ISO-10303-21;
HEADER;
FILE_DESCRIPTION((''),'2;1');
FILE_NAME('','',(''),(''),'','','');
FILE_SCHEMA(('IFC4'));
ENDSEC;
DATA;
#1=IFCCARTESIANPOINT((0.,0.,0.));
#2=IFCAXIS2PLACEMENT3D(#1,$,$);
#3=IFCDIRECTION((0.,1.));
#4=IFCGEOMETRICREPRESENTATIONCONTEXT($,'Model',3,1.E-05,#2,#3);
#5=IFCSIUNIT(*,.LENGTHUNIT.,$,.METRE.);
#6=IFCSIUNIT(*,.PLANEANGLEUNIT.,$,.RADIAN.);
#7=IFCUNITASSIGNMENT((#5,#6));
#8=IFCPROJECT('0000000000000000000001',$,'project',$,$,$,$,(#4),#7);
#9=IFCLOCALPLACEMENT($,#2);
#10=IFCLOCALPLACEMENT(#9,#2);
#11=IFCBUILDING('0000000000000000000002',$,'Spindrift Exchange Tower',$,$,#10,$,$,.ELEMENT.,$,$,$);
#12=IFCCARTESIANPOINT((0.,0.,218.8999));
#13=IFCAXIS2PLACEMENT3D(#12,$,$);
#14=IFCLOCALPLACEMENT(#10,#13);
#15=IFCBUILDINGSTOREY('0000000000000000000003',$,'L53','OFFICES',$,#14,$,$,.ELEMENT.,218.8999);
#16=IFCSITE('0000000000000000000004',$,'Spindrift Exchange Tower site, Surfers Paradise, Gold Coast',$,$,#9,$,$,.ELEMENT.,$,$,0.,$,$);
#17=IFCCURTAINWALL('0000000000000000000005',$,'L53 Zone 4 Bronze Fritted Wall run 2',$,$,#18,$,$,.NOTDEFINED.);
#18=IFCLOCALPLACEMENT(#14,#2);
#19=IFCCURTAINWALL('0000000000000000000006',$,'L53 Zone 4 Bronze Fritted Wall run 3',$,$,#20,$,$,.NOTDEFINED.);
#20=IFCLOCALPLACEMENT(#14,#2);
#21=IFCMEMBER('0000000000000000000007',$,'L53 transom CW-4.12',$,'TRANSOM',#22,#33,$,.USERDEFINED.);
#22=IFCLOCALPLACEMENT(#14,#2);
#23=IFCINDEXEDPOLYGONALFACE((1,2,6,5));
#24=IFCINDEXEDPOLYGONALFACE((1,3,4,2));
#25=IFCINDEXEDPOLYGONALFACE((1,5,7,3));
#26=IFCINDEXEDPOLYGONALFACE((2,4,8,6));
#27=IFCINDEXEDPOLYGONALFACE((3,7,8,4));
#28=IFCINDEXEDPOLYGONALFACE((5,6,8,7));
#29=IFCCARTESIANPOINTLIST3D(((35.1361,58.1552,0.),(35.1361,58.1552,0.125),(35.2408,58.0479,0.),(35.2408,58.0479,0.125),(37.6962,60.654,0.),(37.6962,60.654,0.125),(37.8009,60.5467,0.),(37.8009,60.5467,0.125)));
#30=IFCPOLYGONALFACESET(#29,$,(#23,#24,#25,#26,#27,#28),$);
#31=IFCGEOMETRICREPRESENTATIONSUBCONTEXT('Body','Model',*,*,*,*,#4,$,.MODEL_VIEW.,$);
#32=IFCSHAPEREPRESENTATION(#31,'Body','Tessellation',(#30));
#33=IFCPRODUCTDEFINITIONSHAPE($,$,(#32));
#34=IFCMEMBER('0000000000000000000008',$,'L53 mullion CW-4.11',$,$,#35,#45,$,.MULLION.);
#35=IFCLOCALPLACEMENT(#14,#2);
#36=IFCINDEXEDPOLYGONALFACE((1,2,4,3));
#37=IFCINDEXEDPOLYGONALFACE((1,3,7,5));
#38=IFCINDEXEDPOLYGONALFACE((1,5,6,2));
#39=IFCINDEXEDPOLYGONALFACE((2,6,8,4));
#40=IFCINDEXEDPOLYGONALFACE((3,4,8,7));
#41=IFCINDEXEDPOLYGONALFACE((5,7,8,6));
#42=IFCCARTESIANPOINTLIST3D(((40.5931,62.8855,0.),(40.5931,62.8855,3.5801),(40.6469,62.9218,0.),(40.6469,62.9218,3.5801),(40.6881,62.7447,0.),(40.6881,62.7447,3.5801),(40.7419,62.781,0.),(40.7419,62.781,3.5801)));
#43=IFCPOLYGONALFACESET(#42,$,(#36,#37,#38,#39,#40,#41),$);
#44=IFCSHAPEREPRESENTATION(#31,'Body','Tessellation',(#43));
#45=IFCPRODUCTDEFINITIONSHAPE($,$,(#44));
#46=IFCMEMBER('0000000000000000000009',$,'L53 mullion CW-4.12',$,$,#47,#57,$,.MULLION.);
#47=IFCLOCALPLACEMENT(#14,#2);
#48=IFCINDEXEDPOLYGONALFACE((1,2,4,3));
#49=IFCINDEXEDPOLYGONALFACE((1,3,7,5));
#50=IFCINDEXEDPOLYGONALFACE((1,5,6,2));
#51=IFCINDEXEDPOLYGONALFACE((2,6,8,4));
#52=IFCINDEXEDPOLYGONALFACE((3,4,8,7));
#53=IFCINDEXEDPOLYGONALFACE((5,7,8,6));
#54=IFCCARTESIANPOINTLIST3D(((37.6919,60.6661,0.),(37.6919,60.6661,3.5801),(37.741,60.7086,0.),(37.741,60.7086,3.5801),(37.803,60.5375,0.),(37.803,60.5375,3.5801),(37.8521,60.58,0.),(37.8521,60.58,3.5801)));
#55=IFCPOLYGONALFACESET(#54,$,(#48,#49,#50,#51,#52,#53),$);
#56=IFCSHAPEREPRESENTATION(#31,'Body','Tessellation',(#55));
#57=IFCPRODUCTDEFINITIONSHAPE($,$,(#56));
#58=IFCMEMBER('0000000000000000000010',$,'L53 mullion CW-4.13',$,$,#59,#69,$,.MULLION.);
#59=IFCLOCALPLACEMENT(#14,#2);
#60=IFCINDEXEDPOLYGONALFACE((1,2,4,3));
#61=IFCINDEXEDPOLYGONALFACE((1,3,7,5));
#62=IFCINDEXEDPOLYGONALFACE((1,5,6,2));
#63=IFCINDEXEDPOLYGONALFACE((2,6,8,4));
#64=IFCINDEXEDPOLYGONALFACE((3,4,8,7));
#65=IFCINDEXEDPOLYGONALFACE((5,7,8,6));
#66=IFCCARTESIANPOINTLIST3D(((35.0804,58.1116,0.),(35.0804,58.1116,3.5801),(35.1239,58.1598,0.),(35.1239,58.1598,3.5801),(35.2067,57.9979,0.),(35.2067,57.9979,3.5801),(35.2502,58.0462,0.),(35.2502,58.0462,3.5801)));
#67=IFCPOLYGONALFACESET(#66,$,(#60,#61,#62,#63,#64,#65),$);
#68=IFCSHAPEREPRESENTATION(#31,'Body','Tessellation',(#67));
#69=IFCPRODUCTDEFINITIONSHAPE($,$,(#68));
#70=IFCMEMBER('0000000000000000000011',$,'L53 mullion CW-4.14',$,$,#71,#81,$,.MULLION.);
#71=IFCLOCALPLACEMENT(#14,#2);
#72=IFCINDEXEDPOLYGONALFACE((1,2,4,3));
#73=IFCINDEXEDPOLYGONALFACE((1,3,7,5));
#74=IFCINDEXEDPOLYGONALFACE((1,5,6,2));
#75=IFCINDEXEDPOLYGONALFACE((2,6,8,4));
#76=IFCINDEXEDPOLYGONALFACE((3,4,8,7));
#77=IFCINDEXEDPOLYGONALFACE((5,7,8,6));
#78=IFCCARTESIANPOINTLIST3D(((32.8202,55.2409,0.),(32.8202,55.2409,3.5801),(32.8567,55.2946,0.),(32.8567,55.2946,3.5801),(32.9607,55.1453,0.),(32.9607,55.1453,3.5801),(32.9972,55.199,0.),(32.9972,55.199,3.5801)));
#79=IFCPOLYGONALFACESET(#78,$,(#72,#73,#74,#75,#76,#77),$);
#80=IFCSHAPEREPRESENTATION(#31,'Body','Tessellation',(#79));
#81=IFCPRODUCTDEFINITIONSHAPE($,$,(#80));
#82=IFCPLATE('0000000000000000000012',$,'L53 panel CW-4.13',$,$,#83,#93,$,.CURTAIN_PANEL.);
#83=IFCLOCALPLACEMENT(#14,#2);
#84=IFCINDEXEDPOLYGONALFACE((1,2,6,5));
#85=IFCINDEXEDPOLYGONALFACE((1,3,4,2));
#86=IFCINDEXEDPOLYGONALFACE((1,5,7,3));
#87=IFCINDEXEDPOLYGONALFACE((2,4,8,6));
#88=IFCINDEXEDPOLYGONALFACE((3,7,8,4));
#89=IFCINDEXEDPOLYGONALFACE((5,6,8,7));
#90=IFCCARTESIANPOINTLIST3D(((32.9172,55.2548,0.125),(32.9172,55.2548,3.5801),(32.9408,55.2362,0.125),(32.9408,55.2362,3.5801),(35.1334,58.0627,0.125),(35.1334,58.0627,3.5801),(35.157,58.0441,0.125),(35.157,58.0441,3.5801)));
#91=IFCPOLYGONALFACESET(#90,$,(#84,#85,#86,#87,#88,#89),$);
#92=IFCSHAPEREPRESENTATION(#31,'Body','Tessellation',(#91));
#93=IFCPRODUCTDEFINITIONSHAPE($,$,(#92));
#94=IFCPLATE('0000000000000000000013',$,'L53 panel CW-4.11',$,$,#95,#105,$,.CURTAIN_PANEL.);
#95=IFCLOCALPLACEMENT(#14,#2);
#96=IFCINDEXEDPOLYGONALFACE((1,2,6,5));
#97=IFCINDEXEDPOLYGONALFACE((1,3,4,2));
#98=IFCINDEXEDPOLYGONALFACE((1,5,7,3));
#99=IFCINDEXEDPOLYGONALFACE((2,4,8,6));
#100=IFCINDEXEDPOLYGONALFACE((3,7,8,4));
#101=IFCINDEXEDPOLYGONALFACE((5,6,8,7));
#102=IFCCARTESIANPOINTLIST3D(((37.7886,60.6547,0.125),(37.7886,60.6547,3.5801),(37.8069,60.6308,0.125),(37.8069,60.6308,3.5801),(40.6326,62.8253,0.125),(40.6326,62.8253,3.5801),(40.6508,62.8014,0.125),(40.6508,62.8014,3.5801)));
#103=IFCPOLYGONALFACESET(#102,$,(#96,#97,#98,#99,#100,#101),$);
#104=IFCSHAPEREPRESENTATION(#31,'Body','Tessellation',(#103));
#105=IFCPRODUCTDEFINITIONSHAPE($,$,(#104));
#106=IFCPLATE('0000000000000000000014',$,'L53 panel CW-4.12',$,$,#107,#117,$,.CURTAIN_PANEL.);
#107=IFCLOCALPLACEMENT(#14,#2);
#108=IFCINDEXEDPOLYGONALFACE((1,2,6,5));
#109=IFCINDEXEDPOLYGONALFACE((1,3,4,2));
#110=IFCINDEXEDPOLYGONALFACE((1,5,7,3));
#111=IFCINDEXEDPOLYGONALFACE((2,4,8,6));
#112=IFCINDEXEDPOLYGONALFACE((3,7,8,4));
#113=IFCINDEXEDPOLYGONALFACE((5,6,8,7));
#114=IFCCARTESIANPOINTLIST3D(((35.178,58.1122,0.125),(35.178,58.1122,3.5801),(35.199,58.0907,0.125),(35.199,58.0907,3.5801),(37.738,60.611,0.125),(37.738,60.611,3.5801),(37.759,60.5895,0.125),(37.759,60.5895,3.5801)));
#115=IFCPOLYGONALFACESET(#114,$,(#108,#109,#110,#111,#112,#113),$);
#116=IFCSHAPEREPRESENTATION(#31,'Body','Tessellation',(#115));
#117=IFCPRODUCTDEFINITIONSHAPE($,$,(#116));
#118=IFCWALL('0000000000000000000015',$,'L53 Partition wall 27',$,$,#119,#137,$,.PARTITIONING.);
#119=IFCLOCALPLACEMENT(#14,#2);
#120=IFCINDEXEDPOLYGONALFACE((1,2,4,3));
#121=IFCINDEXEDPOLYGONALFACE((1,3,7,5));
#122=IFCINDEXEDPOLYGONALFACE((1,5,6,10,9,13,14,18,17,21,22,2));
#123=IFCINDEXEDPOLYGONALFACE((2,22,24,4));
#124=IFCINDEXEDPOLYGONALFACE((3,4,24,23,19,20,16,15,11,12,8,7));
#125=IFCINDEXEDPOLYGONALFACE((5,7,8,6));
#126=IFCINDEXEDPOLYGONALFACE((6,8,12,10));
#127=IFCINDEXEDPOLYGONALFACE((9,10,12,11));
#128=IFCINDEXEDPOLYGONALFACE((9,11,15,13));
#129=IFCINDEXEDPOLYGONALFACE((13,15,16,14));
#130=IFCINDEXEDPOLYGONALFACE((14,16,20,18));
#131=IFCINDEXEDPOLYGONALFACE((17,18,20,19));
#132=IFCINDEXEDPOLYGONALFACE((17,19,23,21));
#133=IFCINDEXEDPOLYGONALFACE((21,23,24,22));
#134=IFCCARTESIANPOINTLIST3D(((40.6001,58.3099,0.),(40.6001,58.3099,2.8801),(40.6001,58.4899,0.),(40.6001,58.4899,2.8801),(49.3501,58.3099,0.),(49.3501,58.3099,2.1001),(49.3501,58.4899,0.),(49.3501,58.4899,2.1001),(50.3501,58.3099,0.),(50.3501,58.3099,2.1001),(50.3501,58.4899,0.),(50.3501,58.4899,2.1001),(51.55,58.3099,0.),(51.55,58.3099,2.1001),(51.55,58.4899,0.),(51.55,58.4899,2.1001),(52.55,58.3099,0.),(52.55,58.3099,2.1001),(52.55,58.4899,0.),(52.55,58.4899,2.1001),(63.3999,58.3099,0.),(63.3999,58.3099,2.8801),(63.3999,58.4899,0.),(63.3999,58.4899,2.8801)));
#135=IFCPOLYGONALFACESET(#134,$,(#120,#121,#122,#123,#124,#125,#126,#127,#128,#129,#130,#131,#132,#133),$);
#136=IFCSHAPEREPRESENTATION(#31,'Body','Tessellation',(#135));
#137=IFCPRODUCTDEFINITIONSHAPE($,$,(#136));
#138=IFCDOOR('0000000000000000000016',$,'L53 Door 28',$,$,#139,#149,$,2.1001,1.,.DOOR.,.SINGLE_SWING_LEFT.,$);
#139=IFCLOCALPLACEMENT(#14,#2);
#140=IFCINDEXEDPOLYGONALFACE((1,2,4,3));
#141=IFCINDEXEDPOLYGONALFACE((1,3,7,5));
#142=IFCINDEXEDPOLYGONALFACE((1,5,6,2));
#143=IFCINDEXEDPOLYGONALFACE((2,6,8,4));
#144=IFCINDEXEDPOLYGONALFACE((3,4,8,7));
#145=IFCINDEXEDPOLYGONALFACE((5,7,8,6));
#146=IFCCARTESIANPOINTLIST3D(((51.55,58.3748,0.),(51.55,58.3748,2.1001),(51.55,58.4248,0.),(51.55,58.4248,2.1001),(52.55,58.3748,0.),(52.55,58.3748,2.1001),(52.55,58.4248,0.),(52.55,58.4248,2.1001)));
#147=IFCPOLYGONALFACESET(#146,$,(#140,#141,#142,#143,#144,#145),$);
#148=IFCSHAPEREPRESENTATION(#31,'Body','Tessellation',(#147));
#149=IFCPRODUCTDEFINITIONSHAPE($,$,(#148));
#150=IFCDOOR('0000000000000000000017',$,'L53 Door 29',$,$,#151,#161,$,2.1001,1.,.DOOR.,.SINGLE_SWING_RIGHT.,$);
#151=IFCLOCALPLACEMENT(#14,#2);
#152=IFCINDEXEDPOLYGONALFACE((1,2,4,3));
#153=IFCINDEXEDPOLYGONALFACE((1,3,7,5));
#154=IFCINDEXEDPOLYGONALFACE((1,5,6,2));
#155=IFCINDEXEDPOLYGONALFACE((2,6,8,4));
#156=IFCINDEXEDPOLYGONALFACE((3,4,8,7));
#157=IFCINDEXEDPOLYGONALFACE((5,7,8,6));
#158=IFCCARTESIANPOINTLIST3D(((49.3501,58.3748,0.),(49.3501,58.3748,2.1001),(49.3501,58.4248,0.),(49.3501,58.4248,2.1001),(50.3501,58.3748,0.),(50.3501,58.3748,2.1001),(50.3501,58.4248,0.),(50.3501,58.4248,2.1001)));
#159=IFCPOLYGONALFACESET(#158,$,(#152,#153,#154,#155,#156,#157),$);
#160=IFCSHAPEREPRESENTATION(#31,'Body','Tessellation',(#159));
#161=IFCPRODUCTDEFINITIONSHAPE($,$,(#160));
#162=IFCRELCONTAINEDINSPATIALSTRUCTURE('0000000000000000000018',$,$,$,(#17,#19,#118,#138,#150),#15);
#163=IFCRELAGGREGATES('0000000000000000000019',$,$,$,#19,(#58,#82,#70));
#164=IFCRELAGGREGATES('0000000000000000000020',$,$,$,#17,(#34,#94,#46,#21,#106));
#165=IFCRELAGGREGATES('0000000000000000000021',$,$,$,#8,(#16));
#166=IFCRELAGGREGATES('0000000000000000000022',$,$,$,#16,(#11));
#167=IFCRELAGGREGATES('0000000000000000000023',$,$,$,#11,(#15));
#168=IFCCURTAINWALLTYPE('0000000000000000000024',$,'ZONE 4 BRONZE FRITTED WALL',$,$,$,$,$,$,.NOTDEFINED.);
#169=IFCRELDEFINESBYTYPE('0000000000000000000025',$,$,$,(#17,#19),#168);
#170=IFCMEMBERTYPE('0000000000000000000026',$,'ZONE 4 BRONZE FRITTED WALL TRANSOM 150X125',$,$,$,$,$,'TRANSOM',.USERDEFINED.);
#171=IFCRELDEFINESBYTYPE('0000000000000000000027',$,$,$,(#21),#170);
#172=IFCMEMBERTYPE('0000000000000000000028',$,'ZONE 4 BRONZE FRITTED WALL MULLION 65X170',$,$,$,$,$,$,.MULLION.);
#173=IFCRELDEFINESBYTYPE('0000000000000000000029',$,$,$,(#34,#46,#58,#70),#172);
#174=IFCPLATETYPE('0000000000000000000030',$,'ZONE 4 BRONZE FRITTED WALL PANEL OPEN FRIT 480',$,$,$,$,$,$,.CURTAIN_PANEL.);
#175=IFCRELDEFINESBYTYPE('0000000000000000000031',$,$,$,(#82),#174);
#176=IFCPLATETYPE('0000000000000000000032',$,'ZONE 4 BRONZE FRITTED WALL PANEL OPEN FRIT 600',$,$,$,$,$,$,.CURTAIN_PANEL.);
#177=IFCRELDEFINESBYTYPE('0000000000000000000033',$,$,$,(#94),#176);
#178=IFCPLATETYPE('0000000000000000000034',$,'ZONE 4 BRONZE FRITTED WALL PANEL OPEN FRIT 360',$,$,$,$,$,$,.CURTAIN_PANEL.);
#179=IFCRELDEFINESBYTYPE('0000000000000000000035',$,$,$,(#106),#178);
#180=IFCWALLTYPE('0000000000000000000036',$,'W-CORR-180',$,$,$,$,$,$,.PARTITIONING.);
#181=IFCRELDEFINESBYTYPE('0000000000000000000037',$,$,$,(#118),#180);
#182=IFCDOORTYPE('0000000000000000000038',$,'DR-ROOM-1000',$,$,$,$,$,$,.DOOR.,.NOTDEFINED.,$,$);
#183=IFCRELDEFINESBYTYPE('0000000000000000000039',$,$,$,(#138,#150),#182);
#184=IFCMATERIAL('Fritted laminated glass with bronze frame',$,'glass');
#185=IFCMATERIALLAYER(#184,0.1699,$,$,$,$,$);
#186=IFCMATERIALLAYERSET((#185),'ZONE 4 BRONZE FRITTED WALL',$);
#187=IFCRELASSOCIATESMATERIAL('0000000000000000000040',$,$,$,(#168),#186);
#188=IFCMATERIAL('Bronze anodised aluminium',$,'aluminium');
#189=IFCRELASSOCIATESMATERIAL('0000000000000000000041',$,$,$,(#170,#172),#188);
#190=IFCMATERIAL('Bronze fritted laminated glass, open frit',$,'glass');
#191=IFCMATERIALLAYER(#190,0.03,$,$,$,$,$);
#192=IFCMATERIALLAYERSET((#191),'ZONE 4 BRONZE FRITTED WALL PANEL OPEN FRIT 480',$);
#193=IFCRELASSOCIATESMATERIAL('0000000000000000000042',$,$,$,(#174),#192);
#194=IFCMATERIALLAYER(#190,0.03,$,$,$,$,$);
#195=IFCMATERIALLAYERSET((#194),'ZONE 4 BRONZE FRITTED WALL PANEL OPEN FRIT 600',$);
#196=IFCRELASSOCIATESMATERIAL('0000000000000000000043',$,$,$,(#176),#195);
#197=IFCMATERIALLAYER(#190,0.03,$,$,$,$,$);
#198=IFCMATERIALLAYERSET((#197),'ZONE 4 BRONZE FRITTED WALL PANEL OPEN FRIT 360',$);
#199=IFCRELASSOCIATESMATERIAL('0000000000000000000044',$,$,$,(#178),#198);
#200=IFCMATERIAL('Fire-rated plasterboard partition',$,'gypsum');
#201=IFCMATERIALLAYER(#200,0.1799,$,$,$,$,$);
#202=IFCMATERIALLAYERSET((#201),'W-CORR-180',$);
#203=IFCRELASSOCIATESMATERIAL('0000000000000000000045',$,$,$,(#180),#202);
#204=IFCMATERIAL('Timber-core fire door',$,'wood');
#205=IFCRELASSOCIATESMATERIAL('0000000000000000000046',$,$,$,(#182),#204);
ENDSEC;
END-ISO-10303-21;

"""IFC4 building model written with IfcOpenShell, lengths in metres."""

from ifc_helpers import new_model, si_unit, direction, frame, frame_2d, origin, origin_2d, place, context, subcontext, project, spatial, rectangle, extrude, source, transform, mapped, material, layer, layer_set, material_profile, profile_set, type_object, element, fill, aggregate, save


model = new_model("IFC4")

# Units and contexts
model_context = context("Model", 3, precision=1e-05, world=origin(), true_north=direction((0.0, 1.0)))
body_context = subcontext(model_context, "Body", "Model", "MODEL_VIEW")
ifc_project = project(units=[si_unit("LENGTHUNIT", "METRE"), si_unit("PLANEANGLEUNIT", "RADIAN")], contexts=[model_context])

# Site, building, storey
site_placement = place(None, origin())
site = spatial("IfcSite", under=ifc_project, at=site_placement, Name="Spindrift Exchange Tower site, Surfers Paradise, Gold Coast", CompositionType="ELEMENT", RefElevation=0.0)
building_placement = place(site_placement, origin())
building = spatial("IfcBuilding", under=site, at=building_placement, Name="Spindrift Exchange Tower", CompositionType="ELEMENT")
storey_placement = place(building_placement, frame((0.0, 0.0, 218.8999)))
storey = spatial("IfcBuildingStorey", under=building, at=storey_placement, Name="L53", Description="OFFICES", CompositionType="ELEMENT", Elevation=218.8999)

# Curtain walls
ifc_material_1 = material(Name="Fritted laminated glass with bronze frame", Category="glass")
ifc_layer_1 = layer(ifc_material_1, 0.1699)
ifc_layer_set_1 = layer_set([ifc_layer_1], Name="ZONE 4 BRONZE FRITTED WALL")
curtain_wall_type = type_object("IfcCurtainWallType", Name="ZONE 4 BRONZE FRITTED WALL", PredefinedType="NOTDEFINED", material=ifc_layer_set_1)
curtain_wall_1_placement = place(storey_placement, origin())
curtain_wall_1 = element("IfcCurtainWall", 1, at=curtain_wall_1_placement, inside=storey, type_object=curtain_wall_type, Name="L53 Zone 4 Bronze Fritted Wall run 2", PredefinedType="NOTDEFINED")
ifc_material_2 = material(Name="Bronze anodised aluminium", Category="aluminium")
ifc_material_profile_1 = material_profile(ifc_material_2, rectangle(XDim=0.1499, YDim=0.125, at=origin_2d()), Name="ZONE 4 BRONZE FRITTED WALL TRANSOM 150X125")
ifc_profile_set_1 = profile_set([ifc_material_profile_1], Name="Bronze anodised aluminium")
member_type_1 = type_object("IfcMemberType", Name="ZONE 4 BRONZE FRITTED WALL TRANSOM 150X125", ElementType="TRANSOM", PredefinedType="USERDEFINED", material=ifc_profile_set_1)
curtain_wall_2_placement = place(storey_placement, origin())
curtain_wall_2 = element("IfcCurtainWall", 2, at=curtain_wall_2_placement, inside=storey, type_object=curtain_wall_type, Name="L53 Zone 4 Bronze Fritted Wall run 3", PredefinedType="NOTDEFINED")

# Members
shared_shape_1 = source(origin(), body_context, "Body", "SweptSolid", [
    extrude(rectangle(XDim=0.1499, YDim=0.125, at=origin_2d()), origin(), (0.0, 0.0, 1.0), 3.5774),
])
member_1_placement = place(storey_placement, frame((37.7485, 60.6003, 0.0625), z_axis=(-0.71562, -0.69849, 0.0), x_axis=(0.69849, -0.71562, 0.0)))
member_1 = element("IfcMember", 3, at=member_1_placement, type_object=member_type_1, Name="L53 transom CW-4.12", ObjectType="TRANSOM", PredefinedType="USERDEFINED", context=body_context, shape_type="MappedRepresentation", body=[
    mapped(shared_shape_1, transform((0.0, 0.0, 0.0), scale=1.0)),
])
ifc_material_profile_2 = material_profile(ifc_material_2, rectangle(XDim=0.0649, YDim=0.1699, at=origin_2d()), Name="ZONE 4 BRONZE FRITTED WALL MULLION 65X170")
ifc_profile_set_2 = profile_set([ifc_material_profile_2], Name="Bronze anodised aluminium")
member_type_2 = type_object("IfcMemberType", Name="ZONE 4 BRONZE FRITTED WALL MULLION 65X170", PredefinedType="MULLION", material=ifc_profile_set_2)
shared_shape_2 = source(origin(), body_context, "Body", "SweptSolid", [
    extrude(rectangle(XDim=0.0649, YDim=0.1699, at=origin_2d()), origin(), (0.0, 0.0, 1.0), 3.5801),
])
member_2_placement = place(storey_placement, frame((40.6675, 62.8333, 0.0), z_axis=(0.0, 0.0, 1.0), x_axis=(-0.829108, -0.559088, 0.0)))
member_2 = element("IfcMember", 4, at=member_2_placement, type_object=member_type_2, Name="L53 mullion CW-4.11", PredefinedType="MULLION", context=body_context, shape_type="MappedRepresentation", body=[
    mapped(shared_shape_2, transform((0.0, 0.0, 0.0), scale=1.0)),
])
member_3_placement = place(storey_placement, frame((37.772, 60.623, 0.0), z_axis=(0.0, 0.0, 1.0), x_axis=(-0.756657, -0.653812, 0.0)))
member_3 = element("IfcMember", 5, at=member_3_placement, type_object=member_type_2, Name="L53 mullion CW-4.12", PredefinedType="MULLION", context=body_context, shape_type="MappedRepresentation", body=[
    mapped(shared_shape_2, transform((0.0, 0.0, 0.0), scale=1.0)),
])
member_4_placement = place(storey_placement, frame((35.1653, 58.0789, 0.0), z_axis=(0.0, 0.0, 1.0), x_axis=(-0.668979, -0.743281, 0.0)))
member_4 = element("IfcMember", 6, at=member_4_placement, type_object=member_type_2, Name="L53 mullion CW-4.13", PredefinedType="MULLION", context=body_context, shape_type="MappedRepresentation", body=[
    mapped(shared_shape_2, transform((0.0, 0.0, 0.0), scale=1.0)),
])
member_5_placement = place(storey_placement, frame((32.9087, 55.22, 0.0), z_axis=(0.0, 0.0, 1.0), x_axis=(-0.562538, -0.826772, 0.0)))
member_5 = element("IfcMember", 7, at=member_5_placement, type_object=member_type_2, Name="L53 mullion CW-4.14", PredefinedType="MULLION", context=body_context, shape_type="MappedRepresentation", body=[
    mapped(shared_shape_2, transform((0.0, 0.0, 0.0), scale=1.0)),
])

# Plates
ifc_material_3 = material(Name="Bronze fritted laminated glass, open frit", Category="glass")
ifc_layer_2 = layer(ifc_material_3, 0.03)
ifc_layer_set_2 = layer_set([ifc_layer_2], Name="ZONE 4 BRONZE FRITTED WALL PANEL OPEN FRIT 480")
plate_type_1 = type_object("IfcPlateType", Name="ZONE 4 BRONZE FRITTED WALL PANEL OPEN FRIT 480", PredefinedType="CURTAIN_PANEL", material=ifc_layer_set_2)
shared_shape_3 = source(origin(), body_context, "Body", "SweptSolid", [
    extrude(rectangle(XDim=3.5771, YDim=0.03, at=origin_2d()), origin(), (0.0, 0.0, 1.0), 3.4551),
])
plate_1_placement = place(storey_placement, frame((34.0371, 56.6494, 0.125), z_axis=(0.0, 0.0, 1.0), x_axis=(-0.619556, -0.784953, 0.0)))
plate_1 = element("IfcPlate", 8, at=plate_1_placement, type_object=plate_type_1, Name="L53 panel CW-4.13", PredefinedType="CURTAIN_PANEL", context=body_context, shape_type="MappedRepresentation", body=[
    mapped(shared_shape_3, transform((0.0, 0.0, 0.0), scale=1.0)),
])
aggregate(curtain_wall_2, [member_4, plate_1, member_5])
ifc_layer_3 = layer(ifc_material_3, 0.03)
ifc_layer_set_3 = layer_set([ifc_layer_3], Name="ZONE 4 BRONZE FRITTED WALL PANEL OPEN FRIT 600")
plate_type_2 = type_object("IfcPlateType", Name="ZONE 4 BRONZE FRITTED WALL PANEL OPEN FRIT 600", PredefinedType="CURTAIN_PANEL", material=ifc_layer_set_3)
shared_shape_4 = source(origin(), body_context, "Body", "SweptSolid", [
    extrude(rectangle(XDim=3.5776, YDim=0.03, at=origin_2d()), origin(), (0.0, 0.0, 1.0), 3.4551),
])
plate_2_placement = place(storey_placement, frame((39.2197, 61.728, 0.125), z_axis=(0.0, 0.0, 1.0), x_axis=(-0.794922, -0.606711, 0.0)))
plate_2 = element("IfcPlate", 9, at=plate_2_placement, type_object=plate_type_2, Name="L53 panel CW-4.11", PredefinedType="CURTAIN_PANEL", context=body_context, shape_type="MappedRepresentation", body=[
    mapped(shared_shape_4, transform((0.0, 0.0, 0.0), scale=1.0)),
])
ifc_layer_4 = layer(ifc_material_3, 0.03)
ifc_layer_set_4 = layer_set([ifc_layer_4], Name="ZONE 4 BRONZE FRITTED WALL PANEL OPEN FRIT 360")
plate_type_3 = type_object("IfcPlateType", Name="ZONE 4 BRONZE FRITTED WALL PANEL OPEN FRIT 360", PredefinedType="CURTAIN_PANEL", material=ifc_layer_set_4)
shared_shape_5 = source(origin(), body_context, "Body", "SweptSolid", [
    extrude(rectangle(XDim=3.5774, YDim=0.03, at=origin_2d()), origin(), (0.0, 0.0, 1.0), 3.4551),
])
plate_3_placement = place(storey_placement, frame((36.4685, 59.3508, 0.125), z_axis=(0.0, 0.0, 1.0), x_axis=(-0.715607, -0.698503, 0.0)))
plate_3 = element("IfcPlate", 10, at=plate_3_placement, type_object=plate_type_3, Name="L53 panel CW-4.12", PredefinedType="CURTAIN_PANEL", context=body_context, shape_type="MappedRepresentation", body=[
    mapped(shared_shape_5, transform((0.0, 0.0, 0.0), scale=1.0)),
])
aggregate(curtain_wall_1, [member_2, plate_2, member_3, member_1, plate_3])

# Wall, openings, doors
ifc_material_4 = material(Name="Fire-rated plasterboard partition", Category="gypsum")
ifc_layer_5 = layer(ifc_material_4, 0.1799)
ifc_layer_set_5 = layer_set([ifc_layer_5], Name="W-CORR-180")
wall_type_1 = type_object("IfcWallType", Name="W-CORR-180", PredefinedType="PARTITIONING", material=ifc_layer_set_5)
wall_1_placement = place(storey_placement, frame((40.6001, 58.3999, 0.0), z_axis=(0.0, 0.0, 1.0), x_axis=(1.0, 0.0, 0.0)))
wall_1 = element("IfcWall", 11, at=wall_1_placement, inside=storey, type_object=wall_type_1, Name="L53 Partition wall 27", PredefinedType="PARTITIONING", context=body_context, shape_type="SweptSolid", body=[
    extrude(rectangle(XDim=22.7998, YDim=0.1799, at=frame_2d((11.3999, 0.0))), origin(), (0.0, 0.0, 1.0), 2.8801),
])
opening_1_placement = place(wall_1_placement, frame((10.95, 0.0, 0.0)))
opening_1 = element("IfcOpeningElement", 12, at=opening_1_placement, cuts=wall_1, PredefinedType="OPENING", context=body_context, shape_type="SweptSolid", body=[
    extrude(rectangle(XDim=1.0, YDim=2.1001, at=frame_2d((0.5, 1.05))), frame((0.0, 0.0999, 0.0), z_axis=(0.0, -1.0, 0.0), x_axis=(1.0, 0.0, 0.0)), (0.0, 0.0, 1.0), 0.2),
])
opening_2_placement = place(wall_1_placement, frame((8.75, 0.0, 0.0)))
opening_2 = element("IfcOpeningElement", 13, at=opening_2_placement, cuts=wall_1, PredefinedType="OPENING", context=body_context, shape_type="SweptSolid", body=[
    extrude(rectangle(XDim=1.0, YDim=2.1001, at=frame_2d((0.5, 1.05))), frame((0.0, 0.0999, 0.0), z_axis=(0.0, -1.0, 0.0), x_axis=(1.0, 0.0, 0.0)), (0.0, 0.0, 1.0), 0.2),
])
ifc_material_5 = material(Name="Timber-core fire door", Category="wood")
door_type = type_object("IfcDoorType", Name="DR-ROOM-1000", OperationType="NOTDEFINED", PredefinedType="DOOR", material=ifc_material_5)
shared_shape_6 = source(origin(), body_context, "Body", "SweptSolid", [
    extrude(rectangle(XDim=1.0, YDim=2.1001, at=frame_2d((0.5, 1.05))), frame((0.0, 0.0249, 0.0), z_axis=(0.0, -1.0, 0.0), x_axis=(1.0, 0.0, 0.0)), (0.0, 0.0, 1.0), 0.05),
])
door_1_placement = place(opening_1_placement, origin())
door_1 = element("IfcDoor", 14, at=door_1_placement, inside=storey, type_object=door_type, Name="L53 Door 28", OperationType="SINGLE_SWING_LEFT", OverallHeight=2.1001, OverallWidth=1.0, PredefinedType="DOOR", context=body_context, shape_type="MappedRepresentation", body=[
    mapped(shared_shape_6, transform((0.0, 0.0, 0.0), scale=1.0)),
])
fill(opening_1, door_1)
door_2_placement = place(opening_2_placement, origin())
door_2 = element("IfcDoor", 15, at=door_2_placement, inside=storey, type_object=door_type, Name="L53 Door 29", OperationType="SINGLE_SWING_RIGHT", OverallHeight=2.1001, OverallWidth=1.0, PredefinedType="DOOR", context=body_context, shape_type="MappedRepresentation", body=[
    mapped(shared_shape_6, transform((0.0, 0.0, 0.0), scale=1.0)),
])
fill(opening_2, door_2)

save(model, "model.ifc")
